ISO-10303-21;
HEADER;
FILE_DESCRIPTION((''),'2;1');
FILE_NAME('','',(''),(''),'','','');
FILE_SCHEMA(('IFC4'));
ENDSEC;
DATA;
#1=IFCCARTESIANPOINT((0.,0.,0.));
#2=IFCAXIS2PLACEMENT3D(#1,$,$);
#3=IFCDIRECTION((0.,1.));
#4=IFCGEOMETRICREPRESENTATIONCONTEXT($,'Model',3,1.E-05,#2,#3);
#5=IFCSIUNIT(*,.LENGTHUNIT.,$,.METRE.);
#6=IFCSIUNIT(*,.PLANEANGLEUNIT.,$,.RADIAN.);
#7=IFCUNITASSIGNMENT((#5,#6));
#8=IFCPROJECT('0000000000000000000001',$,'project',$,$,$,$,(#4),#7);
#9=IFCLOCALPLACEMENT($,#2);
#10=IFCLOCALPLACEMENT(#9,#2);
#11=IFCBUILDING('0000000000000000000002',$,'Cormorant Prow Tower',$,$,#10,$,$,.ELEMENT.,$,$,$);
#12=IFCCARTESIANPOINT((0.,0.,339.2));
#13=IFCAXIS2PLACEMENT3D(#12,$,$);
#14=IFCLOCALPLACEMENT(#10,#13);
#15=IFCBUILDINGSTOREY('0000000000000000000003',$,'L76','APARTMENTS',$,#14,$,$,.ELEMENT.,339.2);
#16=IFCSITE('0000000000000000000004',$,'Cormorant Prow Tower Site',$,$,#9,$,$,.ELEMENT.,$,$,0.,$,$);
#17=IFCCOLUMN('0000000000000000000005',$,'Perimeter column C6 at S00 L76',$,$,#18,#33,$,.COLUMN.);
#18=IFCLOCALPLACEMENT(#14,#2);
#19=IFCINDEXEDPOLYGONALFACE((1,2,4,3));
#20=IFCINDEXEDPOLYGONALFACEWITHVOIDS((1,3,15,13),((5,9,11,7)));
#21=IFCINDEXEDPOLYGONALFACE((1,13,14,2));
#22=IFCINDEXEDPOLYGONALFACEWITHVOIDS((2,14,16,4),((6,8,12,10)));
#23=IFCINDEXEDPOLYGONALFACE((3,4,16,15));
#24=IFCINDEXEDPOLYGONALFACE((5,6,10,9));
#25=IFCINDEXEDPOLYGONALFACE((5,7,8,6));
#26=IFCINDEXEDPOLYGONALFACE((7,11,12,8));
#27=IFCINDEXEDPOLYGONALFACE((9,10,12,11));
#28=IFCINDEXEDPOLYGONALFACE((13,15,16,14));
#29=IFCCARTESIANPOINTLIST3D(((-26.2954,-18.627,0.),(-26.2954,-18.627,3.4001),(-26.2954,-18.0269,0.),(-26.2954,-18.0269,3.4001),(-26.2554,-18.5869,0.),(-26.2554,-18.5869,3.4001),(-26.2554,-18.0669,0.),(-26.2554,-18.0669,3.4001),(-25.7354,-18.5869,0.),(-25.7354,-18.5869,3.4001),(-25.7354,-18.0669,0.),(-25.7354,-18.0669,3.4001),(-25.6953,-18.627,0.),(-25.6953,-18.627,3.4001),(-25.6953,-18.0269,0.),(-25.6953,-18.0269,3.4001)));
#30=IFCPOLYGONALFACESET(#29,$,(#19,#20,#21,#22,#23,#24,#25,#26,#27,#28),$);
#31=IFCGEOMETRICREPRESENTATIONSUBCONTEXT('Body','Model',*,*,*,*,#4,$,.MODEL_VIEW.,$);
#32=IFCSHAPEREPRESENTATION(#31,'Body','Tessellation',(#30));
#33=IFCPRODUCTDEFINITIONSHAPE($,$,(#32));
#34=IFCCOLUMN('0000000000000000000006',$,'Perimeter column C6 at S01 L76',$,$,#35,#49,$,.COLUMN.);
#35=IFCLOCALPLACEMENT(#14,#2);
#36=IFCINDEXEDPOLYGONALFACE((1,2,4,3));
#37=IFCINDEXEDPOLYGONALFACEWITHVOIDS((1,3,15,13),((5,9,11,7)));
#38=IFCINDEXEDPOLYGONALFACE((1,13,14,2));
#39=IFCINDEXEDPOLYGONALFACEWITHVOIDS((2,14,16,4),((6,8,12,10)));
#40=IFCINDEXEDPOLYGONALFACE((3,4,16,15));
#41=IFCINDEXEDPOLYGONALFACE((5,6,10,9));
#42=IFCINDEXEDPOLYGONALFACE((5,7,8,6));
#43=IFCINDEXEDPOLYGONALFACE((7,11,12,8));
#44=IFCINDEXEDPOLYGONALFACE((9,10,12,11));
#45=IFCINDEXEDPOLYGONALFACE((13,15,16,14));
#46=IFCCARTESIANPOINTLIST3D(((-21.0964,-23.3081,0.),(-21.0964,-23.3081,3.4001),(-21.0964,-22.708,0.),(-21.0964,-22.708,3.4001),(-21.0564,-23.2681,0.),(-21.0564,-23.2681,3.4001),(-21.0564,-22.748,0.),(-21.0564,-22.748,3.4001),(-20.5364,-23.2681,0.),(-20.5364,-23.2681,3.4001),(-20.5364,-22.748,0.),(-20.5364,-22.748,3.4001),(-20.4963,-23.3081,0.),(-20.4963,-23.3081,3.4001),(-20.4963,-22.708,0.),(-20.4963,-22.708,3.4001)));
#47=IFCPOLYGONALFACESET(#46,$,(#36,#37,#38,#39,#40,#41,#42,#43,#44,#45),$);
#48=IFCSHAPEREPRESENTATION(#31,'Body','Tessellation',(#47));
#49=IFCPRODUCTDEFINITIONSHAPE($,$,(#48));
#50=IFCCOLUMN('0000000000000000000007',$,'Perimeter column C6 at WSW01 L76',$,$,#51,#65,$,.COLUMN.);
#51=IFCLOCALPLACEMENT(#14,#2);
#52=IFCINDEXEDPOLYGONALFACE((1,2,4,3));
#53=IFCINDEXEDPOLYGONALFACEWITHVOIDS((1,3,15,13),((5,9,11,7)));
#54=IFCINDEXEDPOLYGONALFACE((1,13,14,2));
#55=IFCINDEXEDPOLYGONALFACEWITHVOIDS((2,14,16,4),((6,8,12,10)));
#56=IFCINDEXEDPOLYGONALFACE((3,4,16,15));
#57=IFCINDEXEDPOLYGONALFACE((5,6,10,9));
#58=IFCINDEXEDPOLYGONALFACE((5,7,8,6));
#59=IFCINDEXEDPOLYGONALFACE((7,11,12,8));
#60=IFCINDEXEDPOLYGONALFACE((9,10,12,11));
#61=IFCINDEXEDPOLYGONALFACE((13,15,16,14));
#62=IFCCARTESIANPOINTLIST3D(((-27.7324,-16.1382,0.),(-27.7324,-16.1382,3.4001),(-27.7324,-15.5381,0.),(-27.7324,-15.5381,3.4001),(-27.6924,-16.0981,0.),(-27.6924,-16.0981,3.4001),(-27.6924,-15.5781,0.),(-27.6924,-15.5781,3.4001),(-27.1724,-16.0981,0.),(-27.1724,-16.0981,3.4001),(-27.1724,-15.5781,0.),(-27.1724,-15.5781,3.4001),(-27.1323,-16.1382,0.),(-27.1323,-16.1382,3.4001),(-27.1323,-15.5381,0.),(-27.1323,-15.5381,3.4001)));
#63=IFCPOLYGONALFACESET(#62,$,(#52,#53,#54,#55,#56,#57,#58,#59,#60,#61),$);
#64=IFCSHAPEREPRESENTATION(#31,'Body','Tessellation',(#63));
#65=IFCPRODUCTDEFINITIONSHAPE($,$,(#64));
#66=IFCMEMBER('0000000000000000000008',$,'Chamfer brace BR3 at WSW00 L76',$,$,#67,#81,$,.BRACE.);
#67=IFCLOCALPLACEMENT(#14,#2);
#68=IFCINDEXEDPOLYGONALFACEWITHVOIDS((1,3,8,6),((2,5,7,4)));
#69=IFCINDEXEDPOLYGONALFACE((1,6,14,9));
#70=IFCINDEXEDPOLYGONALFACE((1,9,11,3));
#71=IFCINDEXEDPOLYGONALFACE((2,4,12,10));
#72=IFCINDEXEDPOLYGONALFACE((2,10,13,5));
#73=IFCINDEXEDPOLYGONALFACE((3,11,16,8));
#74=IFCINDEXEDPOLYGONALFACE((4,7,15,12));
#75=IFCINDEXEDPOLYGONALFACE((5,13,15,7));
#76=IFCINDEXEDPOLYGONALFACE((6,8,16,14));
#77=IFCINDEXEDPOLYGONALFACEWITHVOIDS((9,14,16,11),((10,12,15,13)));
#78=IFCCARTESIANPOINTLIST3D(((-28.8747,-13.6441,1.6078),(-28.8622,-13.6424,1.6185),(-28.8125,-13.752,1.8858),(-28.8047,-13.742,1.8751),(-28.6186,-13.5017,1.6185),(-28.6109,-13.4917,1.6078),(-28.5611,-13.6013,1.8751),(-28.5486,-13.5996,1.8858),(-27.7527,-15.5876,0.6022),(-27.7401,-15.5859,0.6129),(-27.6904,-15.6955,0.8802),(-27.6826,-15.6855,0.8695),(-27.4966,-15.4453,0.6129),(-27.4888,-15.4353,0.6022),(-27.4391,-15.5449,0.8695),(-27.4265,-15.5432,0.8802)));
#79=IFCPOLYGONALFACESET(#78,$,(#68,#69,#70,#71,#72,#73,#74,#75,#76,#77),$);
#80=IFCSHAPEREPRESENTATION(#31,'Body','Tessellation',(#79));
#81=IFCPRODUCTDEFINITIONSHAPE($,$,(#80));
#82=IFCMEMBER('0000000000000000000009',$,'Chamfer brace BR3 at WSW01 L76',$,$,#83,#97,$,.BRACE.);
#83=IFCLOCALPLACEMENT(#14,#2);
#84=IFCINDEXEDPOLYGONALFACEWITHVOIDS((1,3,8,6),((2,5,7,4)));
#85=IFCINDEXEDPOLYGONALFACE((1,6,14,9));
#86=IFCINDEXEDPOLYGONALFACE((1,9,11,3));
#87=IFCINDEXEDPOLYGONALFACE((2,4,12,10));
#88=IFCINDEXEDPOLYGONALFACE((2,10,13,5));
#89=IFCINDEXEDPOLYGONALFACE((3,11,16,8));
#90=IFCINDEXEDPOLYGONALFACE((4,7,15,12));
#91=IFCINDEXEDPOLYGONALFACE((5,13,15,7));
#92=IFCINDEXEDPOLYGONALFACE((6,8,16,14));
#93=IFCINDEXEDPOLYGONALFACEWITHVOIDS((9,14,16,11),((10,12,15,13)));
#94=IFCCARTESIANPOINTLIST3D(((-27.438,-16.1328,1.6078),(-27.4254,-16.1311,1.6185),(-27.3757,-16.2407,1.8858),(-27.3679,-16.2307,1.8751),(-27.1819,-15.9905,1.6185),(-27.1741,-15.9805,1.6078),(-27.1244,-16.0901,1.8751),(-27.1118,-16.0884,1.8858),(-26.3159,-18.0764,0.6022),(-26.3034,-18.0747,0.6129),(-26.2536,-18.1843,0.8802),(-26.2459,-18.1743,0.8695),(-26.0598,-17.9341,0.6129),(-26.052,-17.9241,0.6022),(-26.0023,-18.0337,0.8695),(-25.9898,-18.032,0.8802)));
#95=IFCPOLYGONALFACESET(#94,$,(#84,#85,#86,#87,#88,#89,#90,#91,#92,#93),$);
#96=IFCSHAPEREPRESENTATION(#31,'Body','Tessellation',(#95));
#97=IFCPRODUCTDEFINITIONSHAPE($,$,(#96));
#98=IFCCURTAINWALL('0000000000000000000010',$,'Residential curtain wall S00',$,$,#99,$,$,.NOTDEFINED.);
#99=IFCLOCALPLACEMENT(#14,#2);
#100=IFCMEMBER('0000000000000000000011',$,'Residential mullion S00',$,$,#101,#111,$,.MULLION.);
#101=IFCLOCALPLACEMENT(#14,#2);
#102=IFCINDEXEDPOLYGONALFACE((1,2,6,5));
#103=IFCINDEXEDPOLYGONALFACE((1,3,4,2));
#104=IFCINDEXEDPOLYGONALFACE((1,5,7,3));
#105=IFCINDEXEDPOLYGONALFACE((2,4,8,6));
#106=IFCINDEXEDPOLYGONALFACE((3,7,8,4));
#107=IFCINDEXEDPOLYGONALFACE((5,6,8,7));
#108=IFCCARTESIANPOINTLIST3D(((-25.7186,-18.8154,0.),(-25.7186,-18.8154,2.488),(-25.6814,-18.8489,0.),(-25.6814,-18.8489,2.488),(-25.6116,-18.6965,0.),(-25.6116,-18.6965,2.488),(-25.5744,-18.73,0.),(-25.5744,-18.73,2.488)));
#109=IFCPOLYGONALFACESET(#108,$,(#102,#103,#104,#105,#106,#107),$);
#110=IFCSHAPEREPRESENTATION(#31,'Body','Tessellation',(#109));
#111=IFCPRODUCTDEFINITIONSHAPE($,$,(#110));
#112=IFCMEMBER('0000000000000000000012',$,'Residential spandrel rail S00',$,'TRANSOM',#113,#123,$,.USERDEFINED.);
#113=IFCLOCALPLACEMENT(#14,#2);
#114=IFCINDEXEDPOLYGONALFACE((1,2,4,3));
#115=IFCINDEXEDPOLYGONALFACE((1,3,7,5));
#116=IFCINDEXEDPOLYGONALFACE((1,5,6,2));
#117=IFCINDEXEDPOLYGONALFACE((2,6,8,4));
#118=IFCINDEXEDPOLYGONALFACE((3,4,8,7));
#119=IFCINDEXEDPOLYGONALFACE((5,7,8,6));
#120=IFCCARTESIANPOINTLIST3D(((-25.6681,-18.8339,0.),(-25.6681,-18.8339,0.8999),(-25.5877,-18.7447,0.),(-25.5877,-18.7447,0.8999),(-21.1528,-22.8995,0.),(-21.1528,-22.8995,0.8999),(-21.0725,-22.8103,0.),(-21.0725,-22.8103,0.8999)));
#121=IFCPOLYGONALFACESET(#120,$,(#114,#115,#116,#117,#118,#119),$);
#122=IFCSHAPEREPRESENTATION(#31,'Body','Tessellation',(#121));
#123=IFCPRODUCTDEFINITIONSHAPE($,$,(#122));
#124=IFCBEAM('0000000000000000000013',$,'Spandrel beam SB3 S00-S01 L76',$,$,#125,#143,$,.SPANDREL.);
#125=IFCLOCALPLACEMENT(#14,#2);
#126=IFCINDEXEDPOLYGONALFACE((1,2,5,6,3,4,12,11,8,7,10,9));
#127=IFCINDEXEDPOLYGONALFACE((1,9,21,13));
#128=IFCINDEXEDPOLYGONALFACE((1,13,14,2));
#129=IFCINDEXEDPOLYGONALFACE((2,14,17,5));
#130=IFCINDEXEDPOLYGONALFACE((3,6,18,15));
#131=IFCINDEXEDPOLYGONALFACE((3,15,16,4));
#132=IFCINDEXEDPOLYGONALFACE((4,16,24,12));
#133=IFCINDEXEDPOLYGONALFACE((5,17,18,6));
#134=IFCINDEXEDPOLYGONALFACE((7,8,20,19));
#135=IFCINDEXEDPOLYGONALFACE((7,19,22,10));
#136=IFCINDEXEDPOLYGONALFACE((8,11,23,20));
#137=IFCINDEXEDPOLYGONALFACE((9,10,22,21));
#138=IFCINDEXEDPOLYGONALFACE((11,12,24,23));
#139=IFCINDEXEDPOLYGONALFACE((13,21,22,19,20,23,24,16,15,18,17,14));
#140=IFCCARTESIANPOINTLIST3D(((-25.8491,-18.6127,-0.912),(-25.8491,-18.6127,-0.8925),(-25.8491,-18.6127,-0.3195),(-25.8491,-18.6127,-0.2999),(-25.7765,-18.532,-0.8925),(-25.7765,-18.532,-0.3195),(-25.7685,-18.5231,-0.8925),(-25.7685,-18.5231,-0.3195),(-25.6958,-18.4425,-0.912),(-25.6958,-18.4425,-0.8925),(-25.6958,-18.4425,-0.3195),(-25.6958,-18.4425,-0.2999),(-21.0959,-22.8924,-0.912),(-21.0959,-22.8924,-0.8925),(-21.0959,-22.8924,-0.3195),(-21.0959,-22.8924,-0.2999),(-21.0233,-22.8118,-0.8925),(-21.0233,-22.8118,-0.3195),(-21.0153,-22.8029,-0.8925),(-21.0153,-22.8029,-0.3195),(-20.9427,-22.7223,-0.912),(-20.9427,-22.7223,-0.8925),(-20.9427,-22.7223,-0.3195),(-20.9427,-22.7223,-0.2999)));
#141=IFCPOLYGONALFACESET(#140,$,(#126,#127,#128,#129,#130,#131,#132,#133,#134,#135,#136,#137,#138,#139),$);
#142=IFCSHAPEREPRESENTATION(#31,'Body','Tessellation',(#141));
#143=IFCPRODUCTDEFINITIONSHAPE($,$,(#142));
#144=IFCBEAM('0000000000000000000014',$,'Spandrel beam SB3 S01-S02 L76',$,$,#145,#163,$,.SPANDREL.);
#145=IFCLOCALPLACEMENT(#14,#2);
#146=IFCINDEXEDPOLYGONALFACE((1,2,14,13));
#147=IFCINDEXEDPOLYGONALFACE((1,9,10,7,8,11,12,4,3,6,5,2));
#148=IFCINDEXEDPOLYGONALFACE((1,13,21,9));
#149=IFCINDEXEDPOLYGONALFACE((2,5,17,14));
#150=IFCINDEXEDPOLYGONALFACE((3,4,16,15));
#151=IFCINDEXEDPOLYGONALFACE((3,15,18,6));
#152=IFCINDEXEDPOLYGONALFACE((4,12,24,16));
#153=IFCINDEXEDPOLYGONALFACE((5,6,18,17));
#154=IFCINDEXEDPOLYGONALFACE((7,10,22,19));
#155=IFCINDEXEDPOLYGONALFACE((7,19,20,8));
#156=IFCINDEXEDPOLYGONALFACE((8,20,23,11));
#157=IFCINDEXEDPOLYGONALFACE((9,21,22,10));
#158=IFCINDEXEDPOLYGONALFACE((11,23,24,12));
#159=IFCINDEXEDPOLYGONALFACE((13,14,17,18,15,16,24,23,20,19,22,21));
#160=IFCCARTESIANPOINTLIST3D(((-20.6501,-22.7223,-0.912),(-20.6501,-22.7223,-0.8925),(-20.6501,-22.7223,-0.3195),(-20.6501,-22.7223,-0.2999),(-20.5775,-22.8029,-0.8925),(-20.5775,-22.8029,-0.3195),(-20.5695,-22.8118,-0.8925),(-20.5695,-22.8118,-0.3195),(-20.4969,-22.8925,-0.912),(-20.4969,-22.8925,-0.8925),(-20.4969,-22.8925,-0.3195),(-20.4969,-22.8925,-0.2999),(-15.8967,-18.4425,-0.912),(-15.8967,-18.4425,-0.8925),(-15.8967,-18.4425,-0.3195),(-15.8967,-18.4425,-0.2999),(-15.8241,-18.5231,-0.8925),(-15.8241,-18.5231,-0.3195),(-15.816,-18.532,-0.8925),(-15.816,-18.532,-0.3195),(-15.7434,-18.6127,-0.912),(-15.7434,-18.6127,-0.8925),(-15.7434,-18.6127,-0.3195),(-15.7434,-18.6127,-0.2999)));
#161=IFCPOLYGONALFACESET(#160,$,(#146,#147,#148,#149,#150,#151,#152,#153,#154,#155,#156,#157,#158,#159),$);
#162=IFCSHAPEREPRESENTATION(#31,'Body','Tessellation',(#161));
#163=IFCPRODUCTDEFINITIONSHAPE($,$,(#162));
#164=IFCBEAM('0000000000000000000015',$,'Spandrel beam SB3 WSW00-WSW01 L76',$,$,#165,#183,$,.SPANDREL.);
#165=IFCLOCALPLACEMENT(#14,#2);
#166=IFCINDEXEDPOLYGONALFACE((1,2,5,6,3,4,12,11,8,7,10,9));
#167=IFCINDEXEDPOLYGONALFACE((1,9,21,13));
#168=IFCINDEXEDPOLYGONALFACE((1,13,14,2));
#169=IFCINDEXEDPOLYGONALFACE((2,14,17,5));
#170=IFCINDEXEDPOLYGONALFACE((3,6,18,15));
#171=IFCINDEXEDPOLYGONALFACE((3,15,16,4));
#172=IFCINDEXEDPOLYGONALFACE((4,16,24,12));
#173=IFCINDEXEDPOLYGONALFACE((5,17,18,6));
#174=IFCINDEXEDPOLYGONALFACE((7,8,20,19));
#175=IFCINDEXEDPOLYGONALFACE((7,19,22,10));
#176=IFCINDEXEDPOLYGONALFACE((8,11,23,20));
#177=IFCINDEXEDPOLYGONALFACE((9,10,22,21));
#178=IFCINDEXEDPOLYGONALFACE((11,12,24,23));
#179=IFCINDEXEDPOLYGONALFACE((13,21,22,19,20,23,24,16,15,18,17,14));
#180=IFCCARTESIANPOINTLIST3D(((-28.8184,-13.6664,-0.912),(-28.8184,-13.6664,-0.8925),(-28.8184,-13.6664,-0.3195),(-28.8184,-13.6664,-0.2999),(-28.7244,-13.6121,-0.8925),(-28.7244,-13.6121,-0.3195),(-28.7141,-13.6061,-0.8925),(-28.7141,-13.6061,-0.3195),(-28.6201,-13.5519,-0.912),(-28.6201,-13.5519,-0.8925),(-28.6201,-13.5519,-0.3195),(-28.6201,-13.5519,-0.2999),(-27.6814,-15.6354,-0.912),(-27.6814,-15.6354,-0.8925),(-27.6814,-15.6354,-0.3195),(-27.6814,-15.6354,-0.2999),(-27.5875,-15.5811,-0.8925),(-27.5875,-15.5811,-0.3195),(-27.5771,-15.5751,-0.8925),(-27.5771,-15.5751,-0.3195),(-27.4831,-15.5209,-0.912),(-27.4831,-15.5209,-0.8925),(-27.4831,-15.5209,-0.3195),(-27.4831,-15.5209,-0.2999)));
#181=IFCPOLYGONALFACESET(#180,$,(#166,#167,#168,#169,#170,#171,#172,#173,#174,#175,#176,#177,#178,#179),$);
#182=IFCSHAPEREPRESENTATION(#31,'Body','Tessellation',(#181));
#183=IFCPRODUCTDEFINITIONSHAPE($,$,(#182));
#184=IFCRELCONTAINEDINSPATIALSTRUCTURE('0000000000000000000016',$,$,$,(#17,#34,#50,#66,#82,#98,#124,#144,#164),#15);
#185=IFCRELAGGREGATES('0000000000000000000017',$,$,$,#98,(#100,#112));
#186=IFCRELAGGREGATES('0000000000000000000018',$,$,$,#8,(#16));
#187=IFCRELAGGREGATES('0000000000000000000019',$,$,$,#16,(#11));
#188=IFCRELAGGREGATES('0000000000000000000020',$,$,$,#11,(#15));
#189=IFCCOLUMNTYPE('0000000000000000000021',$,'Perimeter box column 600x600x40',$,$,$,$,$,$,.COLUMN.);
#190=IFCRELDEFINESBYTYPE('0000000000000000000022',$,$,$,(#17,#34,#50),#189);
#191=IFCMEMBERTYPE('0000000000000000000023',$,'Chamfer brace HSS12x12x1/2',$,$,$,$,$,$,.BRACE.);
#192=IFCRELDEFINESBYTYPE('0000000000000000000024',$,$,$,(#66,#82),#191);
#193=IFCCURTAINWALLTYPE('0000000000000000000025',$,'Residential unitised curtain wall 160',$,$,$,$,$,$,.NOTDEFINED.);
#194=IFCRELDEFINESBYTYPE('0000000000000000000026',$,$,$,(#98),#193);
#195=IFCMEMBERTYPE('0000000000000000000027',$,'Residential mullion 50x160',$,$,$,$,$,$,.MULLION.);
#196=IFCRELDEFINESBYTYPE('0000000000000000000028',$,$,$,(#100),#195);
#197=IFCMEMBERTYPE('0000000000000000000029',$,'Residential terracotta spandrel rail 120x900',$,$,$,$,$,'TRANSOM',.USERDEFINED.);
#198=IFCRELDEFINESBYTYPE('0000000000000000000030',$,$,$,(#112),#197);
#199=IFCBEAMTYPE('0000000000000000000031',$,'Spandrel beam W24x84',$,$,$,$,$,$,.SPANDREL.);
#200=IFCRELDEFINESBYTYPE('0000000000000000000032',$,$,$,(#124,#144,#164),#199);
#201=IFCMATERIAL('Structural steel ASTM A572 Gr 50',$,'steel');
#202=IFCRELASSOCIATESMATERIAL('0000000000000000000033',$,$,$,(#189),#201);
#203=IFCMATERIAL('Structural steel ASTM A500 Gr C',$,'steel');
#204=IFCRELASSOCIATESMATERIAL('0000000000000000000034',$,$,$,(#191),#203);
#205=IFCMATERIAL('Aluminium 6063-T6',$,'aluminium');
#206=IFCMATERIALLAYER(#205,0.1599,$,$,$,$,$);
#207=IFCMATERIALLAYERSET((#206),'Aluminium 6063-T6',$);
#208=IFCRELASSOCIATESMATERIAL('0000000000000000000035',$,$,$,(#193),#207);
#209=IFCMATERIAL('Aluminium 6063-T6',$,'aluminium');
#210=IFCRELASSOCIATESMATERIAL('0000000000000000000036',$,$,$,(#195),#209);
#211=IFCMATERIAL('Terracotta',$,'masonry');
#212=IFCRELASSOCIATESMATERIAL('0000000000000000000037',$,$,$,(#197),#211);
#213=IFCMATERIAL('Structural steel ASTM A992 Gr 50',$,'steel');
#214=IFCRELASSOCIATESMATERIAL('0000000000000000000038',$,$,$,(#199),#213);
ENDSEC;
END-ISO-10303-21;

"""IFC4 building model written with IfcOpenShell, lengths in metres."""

from ifc_helpers import new_model, si_unit, direction, frame, origin, origin_2d, place, context, subcontext, project, spatial, rectangle, hollow_rectangle, i_section, extrude, material, layer, layer_set, material_profile, profile_set, type_object, element, aggregate, save


model = new_model("IFC4")

# Units and contexts
model_context = context("Model", 3, precision=1e-05, world=origin(), true_north=direction((0.0, 1.0)))
body_context = subcontext(model_context, "Body", "Model", "MODEL_VIEW")
ifc_project = project(units=[si_unit("LENGTHUNIT", "METRE"), si_unit("PLANEANGLEUNIT", "RADIAN")], contexts=[model_context])

# Site, building, storey
site_placement = place(None, origin())
site = spatial("IfcSite", under=ifc_project, at=site_placement, Name="Cormorant Prow Tower Site", CompositionType="ELEMENT", RefElevation=0.0)
building_placement = place(site_placement, origin())
building = spatial("IfcBuilding", under=site, at=building_placement, Name="Cormorant Prow Tower", CompositionType="ELEMENT")
storey_placement = place(building_placement, frame((0.0, 0.0, 339.2)))
storey = spatial("IfcBuildingStorey", under=building, at=storey_placement, Name="L76", Description="APARTMENTS", CompositionType="ELEMENT", Elevation=339.2)

# Columns
ifc_material_1 = material(Name="Structural steel ASTM A572 Gr 50", Category="steel")
ifc_material_profile_1 = material_profile(ifc_material_1, hollow_rectangle(XDim=0.6001, YDim=0.6001, WallThickness=0.04, at=origin_2d()), Name="Box 600x600x40")
ifc_profile_set_1 = profile_set([ifc_material_profile_1], Name="Structural steel ASTM A572 Gr 50")
column_type = type_object("IfcColumnType", Name="Perimeter box column 600x600x40", PredefinedType="COLUMN", material=ifc_profile_set_1)
for number, where, z_axis, x_axis, name in (
    (1, (-25.9954, -18.3269, 0.0), (0.0, 0.0, 1.0), (1.0, 0.0, 0.0), "Perimeter column C6 at S00 L76"),
    (2, (-20.7964, -23.0081, 0.0), (0.0, 0.0, 1.0), (1.0, 0.0, 0.0), "Perimeter column C6 at S01 L76"),
    (3, (-27.4324, -15.8381, 0.0), (0.0, 0.0, 1.0), (1.0, 0.0, 0.0), "Perimeter column C6 at WSW01 L76"),
):
    element("IfcColumn", number, at=place(storey_placement, frame(where, z_axis=z_axis, x_axis=x_axis)), inside=storey, type_object=column_type, Name=name, PredefinedType="COLUMN", context=body_context, shape_type="SweptSolid", body=[
        extrude(hollow_rectangle(XDim=0.6001, YDim=0.6001, WallThickness=0.04, at=origin_2d()), origin(), (0.0, 0.0, 1.0), 3.4001),
    ])

# Members
ifc_material_2 = material(Name="Structural steel ASTM A500 Gr C", Category="steel")
ifc_material_profile_2 = material_profile(ifc_material_2, hollow_rectangle(XDim=0.3047, YDim=0.3047, WallThickness=0.0117, at=origin_2d()), Name="HSS12x12x1/2")
ifc_profile_set_2 = profile_set([ifc_material_profile_2], Name="Structural steel ASTM A500 Gr C")
member_type_1 = type_object("IfcMemberType", Name="Chamfer brace HSS12x12x1/2", PredefinedType="BRACE", material=ifc_profile_set_2)
for number, where, z_axis, x_axis, name in (
    (4, (-27.5896, -15.5654, 0.7412), (-0.456266, 0.790324, 0.408912), (-0.866039, -0.499977, 0.0), "Chamfer brace BR3 at WSW00 L76"),
    (5, (-26.1528, -18.0542, 0.7412), (-0.456266, 0.790324, 0.408912), (-0.866039, -0.499977, 0.0), "Chamfer brace BR3 at WSW01 L76"),
):
    element("IfcMember", number, at=place(storey_placement, frame(where, z_axis=z_axis, x_axis=x_axis)), inside=storey, type_object=member_type_1, Name=name, PredefinedType="BRACE", context=body_context, shape_type="SweptSolid", body=[
        extrude(hollow_rectangle(XDim=0.3047, YDim=0.3047, WallThickness=0.0117, at=origin_2d()), origin(), (0.0, 0.0, 1.0), 2.4592),
    ])

# Curtain wall, members
ifc_material_3 = material(Name="Aluminium 6063-T6", Category="aluminium")
ifc_layer_1 = layer(ifc_material_3, 0.1599)
ifc_layer_set_1 = layer_set([ifc_layer_1], Name="Aluminium 6063-T6")
curtain_wall_type = type_object("IfcCurtainWallType", Name="Residential unitised curtain wall 160", PredefinedType="NOTDEFINED", material=ifc_layer_set_1)
curtain_wall_placement = place(storey_placement, origin())
curtain_wall = element("IfcCurtainWall", 6, at=curtain_wall_placement, inside=storey, type_object=curtain_wall_type, Name="Residential curtain wall S00", PredefinedType="NOTDEFINED")
ifc_material_4 = material(Name="Aluminium 6063-T6", Category="aluminium")
ifc_material_profile_3 = material_profile(ifc_material_4, rectangle(XDim=0.1599, YDim=0.05, at=origin_2d()), Name="Residential mullion 50x160")
ifc_profile_set_3 = profile_set([ifc_material_profile_3], Name="Aluminium 6063-T6")
member_type_2 = type_object("IfcMemberType", Name="Residential mullion 50x160", PredefinedType="MULLION", material=ifc_profile_set_3)
member_1_placement = place(storey_placement, frame((-25.6465, -18.7727, 0.0), z_axis=(0.0, 0.0, 1.0), x_axis=(0.669131, 0.743145, 0.0)))
member_1 = element("IfcMember", 7, at=member_1_placement, type_object=member_type_2, Name="Residential mullion S00", PredefinedType="MULLION", context=body_context, shape_type="SweptSolid", body=[
    extrude(rectangle(XDim=0.1599, YDim=0.05, at=origin_2d()), origin(), (0.0, 0.0, 1.0), 2.488),
])
ifc_material_5 = material(Name="Terracotta", Category="masonry")
ifc_material_profile_4 = material_profile(ifc_material_5, rectangle(XDim=0.1201, YDim=0.8999, at=origin_2d()), Name="Residential terracotta spandrel rail 120x900")
ifc_profile_set_4 = profile_set([ifc_material_profile_4], Name="Terracotta")
member_type_3 = type_object("IfcMemberType", Name="Residential terracotta spandrel rail 120x900", ElementType="TRANSOM", PredefinedType="USERDEFINED", material=ifc_profile_set_4)
member_2_placement = place(storey_placement, frame((-25.6279, -18.7893, 0.45), z_axis=(0.743144, -0.669131, 0.0), x_axis=(0.669131, 0.743144, 0.0)))
member_2 = element("IfcMember", 8, at=member_2_placement, type_object=member_type_3, Name="Residential spandrel rail S00", ObjectType="TRANSOM", PredefinedType="USERDEFINED", context=body_context, shape_type="SweptSolid", body=[
    extrude(rectangle(XDim=0.1201, YDim=0.8999, at=origin_2d()), origin(), (0.0, 0.0, 1.0), 6.0759),
])

# Beams
ifc_material_6 = material(Name="Structural steel ASTM A992 Gr 50", Category="steel")
ifc_material_profile_5 = material_profile(ifc_material_6, i_section(OverallWidth=0.229, OverallDepth=0.6121, WebThickness=0.012, FlangeThickness=0.0195, at=origin_2d()), Name="W24x84")
ifc_profile_set_5 = profile_set([ifc_material_profile_5], Name="Structural steel ASTM A992 Gr 50")
beam_type = type_object("IfcBeamType", Name="Spandrel beam W24x84", PredefinedType="SPANDREL", material=ifc_profile_set_5)
beam_1_placement = place(storey_placement, frame((-25.7725, -18.5276, -0.606), z_axis=(0.743144, -0.669131, 0.0), x_axis=(0.669131, 0.743144, 0.0)))
element("IfcBeam", 9, at=beam_1_placement, inside=storey, type_object=beam_type, Name="Spandrel beam SB3 S00-S01 L76", PredefinedType="SPANDREL", context=body_context, shape_type="SweptSolid", body=[
    extrude(i_section(OverallWidth=0.229, OverallDepth=0.6121, WebThickness=0.012, FlangeThickness=0.0195, at=origin_2d()), origin(), (0.0, 0.0, 1.0), 6.396),
])
beam_2_placement = place(storey_placement, frame((-20.5735, -22.8074, -0.606), z_axis=(0.743161, 0.669112, 0.0), x_axis=(-0.669112, 0.743161, 0.0)))
element("IfcBeam", 10, at=beam_2_placement, inside=storey, type_object=beam_type, Name="Spandrel beam SB3 S01-S02 L76", PredefinedType="SPANDREL", context=body_context, shape_type="SweptSolid", body=[
    extrude(i_section(OverallWidth=0.229, OverallDepth=0.6121, WebThickness=0.012, FlangeThickness=0.0195, at=origin_2d()), origin(), (0.0, 0.0, 1.0), 6.3962),
])
beam_3_placement = place(storey_placement, frame((-28.7192, -13.6091, -0.606), z_axis=(0.500054, -0.865994, 0.0), x_axis=(0.865994, 0.500054, 0.0)))
element("IfcBeam", 11, at=beam_3_placement, inside=storey, type_object=beam_type, Name="Spandrel beam SB3 WSW00-WSW01 L76", PredefinedType="SPANDREL", context=body_context, shape_type="SweptSolid", body=[
    extrude(i_section(OverallWidth=0.229, OverallDepth=0.6121, WebThickness=0.012, FlangeThickness=0.0195, at=origin_2d()), origin(), (0.0, 0.0, 1.0), 2.2737),
])

aggregate(curtain_wall, [member_1, member_2])

save(model, "model.ifc")
